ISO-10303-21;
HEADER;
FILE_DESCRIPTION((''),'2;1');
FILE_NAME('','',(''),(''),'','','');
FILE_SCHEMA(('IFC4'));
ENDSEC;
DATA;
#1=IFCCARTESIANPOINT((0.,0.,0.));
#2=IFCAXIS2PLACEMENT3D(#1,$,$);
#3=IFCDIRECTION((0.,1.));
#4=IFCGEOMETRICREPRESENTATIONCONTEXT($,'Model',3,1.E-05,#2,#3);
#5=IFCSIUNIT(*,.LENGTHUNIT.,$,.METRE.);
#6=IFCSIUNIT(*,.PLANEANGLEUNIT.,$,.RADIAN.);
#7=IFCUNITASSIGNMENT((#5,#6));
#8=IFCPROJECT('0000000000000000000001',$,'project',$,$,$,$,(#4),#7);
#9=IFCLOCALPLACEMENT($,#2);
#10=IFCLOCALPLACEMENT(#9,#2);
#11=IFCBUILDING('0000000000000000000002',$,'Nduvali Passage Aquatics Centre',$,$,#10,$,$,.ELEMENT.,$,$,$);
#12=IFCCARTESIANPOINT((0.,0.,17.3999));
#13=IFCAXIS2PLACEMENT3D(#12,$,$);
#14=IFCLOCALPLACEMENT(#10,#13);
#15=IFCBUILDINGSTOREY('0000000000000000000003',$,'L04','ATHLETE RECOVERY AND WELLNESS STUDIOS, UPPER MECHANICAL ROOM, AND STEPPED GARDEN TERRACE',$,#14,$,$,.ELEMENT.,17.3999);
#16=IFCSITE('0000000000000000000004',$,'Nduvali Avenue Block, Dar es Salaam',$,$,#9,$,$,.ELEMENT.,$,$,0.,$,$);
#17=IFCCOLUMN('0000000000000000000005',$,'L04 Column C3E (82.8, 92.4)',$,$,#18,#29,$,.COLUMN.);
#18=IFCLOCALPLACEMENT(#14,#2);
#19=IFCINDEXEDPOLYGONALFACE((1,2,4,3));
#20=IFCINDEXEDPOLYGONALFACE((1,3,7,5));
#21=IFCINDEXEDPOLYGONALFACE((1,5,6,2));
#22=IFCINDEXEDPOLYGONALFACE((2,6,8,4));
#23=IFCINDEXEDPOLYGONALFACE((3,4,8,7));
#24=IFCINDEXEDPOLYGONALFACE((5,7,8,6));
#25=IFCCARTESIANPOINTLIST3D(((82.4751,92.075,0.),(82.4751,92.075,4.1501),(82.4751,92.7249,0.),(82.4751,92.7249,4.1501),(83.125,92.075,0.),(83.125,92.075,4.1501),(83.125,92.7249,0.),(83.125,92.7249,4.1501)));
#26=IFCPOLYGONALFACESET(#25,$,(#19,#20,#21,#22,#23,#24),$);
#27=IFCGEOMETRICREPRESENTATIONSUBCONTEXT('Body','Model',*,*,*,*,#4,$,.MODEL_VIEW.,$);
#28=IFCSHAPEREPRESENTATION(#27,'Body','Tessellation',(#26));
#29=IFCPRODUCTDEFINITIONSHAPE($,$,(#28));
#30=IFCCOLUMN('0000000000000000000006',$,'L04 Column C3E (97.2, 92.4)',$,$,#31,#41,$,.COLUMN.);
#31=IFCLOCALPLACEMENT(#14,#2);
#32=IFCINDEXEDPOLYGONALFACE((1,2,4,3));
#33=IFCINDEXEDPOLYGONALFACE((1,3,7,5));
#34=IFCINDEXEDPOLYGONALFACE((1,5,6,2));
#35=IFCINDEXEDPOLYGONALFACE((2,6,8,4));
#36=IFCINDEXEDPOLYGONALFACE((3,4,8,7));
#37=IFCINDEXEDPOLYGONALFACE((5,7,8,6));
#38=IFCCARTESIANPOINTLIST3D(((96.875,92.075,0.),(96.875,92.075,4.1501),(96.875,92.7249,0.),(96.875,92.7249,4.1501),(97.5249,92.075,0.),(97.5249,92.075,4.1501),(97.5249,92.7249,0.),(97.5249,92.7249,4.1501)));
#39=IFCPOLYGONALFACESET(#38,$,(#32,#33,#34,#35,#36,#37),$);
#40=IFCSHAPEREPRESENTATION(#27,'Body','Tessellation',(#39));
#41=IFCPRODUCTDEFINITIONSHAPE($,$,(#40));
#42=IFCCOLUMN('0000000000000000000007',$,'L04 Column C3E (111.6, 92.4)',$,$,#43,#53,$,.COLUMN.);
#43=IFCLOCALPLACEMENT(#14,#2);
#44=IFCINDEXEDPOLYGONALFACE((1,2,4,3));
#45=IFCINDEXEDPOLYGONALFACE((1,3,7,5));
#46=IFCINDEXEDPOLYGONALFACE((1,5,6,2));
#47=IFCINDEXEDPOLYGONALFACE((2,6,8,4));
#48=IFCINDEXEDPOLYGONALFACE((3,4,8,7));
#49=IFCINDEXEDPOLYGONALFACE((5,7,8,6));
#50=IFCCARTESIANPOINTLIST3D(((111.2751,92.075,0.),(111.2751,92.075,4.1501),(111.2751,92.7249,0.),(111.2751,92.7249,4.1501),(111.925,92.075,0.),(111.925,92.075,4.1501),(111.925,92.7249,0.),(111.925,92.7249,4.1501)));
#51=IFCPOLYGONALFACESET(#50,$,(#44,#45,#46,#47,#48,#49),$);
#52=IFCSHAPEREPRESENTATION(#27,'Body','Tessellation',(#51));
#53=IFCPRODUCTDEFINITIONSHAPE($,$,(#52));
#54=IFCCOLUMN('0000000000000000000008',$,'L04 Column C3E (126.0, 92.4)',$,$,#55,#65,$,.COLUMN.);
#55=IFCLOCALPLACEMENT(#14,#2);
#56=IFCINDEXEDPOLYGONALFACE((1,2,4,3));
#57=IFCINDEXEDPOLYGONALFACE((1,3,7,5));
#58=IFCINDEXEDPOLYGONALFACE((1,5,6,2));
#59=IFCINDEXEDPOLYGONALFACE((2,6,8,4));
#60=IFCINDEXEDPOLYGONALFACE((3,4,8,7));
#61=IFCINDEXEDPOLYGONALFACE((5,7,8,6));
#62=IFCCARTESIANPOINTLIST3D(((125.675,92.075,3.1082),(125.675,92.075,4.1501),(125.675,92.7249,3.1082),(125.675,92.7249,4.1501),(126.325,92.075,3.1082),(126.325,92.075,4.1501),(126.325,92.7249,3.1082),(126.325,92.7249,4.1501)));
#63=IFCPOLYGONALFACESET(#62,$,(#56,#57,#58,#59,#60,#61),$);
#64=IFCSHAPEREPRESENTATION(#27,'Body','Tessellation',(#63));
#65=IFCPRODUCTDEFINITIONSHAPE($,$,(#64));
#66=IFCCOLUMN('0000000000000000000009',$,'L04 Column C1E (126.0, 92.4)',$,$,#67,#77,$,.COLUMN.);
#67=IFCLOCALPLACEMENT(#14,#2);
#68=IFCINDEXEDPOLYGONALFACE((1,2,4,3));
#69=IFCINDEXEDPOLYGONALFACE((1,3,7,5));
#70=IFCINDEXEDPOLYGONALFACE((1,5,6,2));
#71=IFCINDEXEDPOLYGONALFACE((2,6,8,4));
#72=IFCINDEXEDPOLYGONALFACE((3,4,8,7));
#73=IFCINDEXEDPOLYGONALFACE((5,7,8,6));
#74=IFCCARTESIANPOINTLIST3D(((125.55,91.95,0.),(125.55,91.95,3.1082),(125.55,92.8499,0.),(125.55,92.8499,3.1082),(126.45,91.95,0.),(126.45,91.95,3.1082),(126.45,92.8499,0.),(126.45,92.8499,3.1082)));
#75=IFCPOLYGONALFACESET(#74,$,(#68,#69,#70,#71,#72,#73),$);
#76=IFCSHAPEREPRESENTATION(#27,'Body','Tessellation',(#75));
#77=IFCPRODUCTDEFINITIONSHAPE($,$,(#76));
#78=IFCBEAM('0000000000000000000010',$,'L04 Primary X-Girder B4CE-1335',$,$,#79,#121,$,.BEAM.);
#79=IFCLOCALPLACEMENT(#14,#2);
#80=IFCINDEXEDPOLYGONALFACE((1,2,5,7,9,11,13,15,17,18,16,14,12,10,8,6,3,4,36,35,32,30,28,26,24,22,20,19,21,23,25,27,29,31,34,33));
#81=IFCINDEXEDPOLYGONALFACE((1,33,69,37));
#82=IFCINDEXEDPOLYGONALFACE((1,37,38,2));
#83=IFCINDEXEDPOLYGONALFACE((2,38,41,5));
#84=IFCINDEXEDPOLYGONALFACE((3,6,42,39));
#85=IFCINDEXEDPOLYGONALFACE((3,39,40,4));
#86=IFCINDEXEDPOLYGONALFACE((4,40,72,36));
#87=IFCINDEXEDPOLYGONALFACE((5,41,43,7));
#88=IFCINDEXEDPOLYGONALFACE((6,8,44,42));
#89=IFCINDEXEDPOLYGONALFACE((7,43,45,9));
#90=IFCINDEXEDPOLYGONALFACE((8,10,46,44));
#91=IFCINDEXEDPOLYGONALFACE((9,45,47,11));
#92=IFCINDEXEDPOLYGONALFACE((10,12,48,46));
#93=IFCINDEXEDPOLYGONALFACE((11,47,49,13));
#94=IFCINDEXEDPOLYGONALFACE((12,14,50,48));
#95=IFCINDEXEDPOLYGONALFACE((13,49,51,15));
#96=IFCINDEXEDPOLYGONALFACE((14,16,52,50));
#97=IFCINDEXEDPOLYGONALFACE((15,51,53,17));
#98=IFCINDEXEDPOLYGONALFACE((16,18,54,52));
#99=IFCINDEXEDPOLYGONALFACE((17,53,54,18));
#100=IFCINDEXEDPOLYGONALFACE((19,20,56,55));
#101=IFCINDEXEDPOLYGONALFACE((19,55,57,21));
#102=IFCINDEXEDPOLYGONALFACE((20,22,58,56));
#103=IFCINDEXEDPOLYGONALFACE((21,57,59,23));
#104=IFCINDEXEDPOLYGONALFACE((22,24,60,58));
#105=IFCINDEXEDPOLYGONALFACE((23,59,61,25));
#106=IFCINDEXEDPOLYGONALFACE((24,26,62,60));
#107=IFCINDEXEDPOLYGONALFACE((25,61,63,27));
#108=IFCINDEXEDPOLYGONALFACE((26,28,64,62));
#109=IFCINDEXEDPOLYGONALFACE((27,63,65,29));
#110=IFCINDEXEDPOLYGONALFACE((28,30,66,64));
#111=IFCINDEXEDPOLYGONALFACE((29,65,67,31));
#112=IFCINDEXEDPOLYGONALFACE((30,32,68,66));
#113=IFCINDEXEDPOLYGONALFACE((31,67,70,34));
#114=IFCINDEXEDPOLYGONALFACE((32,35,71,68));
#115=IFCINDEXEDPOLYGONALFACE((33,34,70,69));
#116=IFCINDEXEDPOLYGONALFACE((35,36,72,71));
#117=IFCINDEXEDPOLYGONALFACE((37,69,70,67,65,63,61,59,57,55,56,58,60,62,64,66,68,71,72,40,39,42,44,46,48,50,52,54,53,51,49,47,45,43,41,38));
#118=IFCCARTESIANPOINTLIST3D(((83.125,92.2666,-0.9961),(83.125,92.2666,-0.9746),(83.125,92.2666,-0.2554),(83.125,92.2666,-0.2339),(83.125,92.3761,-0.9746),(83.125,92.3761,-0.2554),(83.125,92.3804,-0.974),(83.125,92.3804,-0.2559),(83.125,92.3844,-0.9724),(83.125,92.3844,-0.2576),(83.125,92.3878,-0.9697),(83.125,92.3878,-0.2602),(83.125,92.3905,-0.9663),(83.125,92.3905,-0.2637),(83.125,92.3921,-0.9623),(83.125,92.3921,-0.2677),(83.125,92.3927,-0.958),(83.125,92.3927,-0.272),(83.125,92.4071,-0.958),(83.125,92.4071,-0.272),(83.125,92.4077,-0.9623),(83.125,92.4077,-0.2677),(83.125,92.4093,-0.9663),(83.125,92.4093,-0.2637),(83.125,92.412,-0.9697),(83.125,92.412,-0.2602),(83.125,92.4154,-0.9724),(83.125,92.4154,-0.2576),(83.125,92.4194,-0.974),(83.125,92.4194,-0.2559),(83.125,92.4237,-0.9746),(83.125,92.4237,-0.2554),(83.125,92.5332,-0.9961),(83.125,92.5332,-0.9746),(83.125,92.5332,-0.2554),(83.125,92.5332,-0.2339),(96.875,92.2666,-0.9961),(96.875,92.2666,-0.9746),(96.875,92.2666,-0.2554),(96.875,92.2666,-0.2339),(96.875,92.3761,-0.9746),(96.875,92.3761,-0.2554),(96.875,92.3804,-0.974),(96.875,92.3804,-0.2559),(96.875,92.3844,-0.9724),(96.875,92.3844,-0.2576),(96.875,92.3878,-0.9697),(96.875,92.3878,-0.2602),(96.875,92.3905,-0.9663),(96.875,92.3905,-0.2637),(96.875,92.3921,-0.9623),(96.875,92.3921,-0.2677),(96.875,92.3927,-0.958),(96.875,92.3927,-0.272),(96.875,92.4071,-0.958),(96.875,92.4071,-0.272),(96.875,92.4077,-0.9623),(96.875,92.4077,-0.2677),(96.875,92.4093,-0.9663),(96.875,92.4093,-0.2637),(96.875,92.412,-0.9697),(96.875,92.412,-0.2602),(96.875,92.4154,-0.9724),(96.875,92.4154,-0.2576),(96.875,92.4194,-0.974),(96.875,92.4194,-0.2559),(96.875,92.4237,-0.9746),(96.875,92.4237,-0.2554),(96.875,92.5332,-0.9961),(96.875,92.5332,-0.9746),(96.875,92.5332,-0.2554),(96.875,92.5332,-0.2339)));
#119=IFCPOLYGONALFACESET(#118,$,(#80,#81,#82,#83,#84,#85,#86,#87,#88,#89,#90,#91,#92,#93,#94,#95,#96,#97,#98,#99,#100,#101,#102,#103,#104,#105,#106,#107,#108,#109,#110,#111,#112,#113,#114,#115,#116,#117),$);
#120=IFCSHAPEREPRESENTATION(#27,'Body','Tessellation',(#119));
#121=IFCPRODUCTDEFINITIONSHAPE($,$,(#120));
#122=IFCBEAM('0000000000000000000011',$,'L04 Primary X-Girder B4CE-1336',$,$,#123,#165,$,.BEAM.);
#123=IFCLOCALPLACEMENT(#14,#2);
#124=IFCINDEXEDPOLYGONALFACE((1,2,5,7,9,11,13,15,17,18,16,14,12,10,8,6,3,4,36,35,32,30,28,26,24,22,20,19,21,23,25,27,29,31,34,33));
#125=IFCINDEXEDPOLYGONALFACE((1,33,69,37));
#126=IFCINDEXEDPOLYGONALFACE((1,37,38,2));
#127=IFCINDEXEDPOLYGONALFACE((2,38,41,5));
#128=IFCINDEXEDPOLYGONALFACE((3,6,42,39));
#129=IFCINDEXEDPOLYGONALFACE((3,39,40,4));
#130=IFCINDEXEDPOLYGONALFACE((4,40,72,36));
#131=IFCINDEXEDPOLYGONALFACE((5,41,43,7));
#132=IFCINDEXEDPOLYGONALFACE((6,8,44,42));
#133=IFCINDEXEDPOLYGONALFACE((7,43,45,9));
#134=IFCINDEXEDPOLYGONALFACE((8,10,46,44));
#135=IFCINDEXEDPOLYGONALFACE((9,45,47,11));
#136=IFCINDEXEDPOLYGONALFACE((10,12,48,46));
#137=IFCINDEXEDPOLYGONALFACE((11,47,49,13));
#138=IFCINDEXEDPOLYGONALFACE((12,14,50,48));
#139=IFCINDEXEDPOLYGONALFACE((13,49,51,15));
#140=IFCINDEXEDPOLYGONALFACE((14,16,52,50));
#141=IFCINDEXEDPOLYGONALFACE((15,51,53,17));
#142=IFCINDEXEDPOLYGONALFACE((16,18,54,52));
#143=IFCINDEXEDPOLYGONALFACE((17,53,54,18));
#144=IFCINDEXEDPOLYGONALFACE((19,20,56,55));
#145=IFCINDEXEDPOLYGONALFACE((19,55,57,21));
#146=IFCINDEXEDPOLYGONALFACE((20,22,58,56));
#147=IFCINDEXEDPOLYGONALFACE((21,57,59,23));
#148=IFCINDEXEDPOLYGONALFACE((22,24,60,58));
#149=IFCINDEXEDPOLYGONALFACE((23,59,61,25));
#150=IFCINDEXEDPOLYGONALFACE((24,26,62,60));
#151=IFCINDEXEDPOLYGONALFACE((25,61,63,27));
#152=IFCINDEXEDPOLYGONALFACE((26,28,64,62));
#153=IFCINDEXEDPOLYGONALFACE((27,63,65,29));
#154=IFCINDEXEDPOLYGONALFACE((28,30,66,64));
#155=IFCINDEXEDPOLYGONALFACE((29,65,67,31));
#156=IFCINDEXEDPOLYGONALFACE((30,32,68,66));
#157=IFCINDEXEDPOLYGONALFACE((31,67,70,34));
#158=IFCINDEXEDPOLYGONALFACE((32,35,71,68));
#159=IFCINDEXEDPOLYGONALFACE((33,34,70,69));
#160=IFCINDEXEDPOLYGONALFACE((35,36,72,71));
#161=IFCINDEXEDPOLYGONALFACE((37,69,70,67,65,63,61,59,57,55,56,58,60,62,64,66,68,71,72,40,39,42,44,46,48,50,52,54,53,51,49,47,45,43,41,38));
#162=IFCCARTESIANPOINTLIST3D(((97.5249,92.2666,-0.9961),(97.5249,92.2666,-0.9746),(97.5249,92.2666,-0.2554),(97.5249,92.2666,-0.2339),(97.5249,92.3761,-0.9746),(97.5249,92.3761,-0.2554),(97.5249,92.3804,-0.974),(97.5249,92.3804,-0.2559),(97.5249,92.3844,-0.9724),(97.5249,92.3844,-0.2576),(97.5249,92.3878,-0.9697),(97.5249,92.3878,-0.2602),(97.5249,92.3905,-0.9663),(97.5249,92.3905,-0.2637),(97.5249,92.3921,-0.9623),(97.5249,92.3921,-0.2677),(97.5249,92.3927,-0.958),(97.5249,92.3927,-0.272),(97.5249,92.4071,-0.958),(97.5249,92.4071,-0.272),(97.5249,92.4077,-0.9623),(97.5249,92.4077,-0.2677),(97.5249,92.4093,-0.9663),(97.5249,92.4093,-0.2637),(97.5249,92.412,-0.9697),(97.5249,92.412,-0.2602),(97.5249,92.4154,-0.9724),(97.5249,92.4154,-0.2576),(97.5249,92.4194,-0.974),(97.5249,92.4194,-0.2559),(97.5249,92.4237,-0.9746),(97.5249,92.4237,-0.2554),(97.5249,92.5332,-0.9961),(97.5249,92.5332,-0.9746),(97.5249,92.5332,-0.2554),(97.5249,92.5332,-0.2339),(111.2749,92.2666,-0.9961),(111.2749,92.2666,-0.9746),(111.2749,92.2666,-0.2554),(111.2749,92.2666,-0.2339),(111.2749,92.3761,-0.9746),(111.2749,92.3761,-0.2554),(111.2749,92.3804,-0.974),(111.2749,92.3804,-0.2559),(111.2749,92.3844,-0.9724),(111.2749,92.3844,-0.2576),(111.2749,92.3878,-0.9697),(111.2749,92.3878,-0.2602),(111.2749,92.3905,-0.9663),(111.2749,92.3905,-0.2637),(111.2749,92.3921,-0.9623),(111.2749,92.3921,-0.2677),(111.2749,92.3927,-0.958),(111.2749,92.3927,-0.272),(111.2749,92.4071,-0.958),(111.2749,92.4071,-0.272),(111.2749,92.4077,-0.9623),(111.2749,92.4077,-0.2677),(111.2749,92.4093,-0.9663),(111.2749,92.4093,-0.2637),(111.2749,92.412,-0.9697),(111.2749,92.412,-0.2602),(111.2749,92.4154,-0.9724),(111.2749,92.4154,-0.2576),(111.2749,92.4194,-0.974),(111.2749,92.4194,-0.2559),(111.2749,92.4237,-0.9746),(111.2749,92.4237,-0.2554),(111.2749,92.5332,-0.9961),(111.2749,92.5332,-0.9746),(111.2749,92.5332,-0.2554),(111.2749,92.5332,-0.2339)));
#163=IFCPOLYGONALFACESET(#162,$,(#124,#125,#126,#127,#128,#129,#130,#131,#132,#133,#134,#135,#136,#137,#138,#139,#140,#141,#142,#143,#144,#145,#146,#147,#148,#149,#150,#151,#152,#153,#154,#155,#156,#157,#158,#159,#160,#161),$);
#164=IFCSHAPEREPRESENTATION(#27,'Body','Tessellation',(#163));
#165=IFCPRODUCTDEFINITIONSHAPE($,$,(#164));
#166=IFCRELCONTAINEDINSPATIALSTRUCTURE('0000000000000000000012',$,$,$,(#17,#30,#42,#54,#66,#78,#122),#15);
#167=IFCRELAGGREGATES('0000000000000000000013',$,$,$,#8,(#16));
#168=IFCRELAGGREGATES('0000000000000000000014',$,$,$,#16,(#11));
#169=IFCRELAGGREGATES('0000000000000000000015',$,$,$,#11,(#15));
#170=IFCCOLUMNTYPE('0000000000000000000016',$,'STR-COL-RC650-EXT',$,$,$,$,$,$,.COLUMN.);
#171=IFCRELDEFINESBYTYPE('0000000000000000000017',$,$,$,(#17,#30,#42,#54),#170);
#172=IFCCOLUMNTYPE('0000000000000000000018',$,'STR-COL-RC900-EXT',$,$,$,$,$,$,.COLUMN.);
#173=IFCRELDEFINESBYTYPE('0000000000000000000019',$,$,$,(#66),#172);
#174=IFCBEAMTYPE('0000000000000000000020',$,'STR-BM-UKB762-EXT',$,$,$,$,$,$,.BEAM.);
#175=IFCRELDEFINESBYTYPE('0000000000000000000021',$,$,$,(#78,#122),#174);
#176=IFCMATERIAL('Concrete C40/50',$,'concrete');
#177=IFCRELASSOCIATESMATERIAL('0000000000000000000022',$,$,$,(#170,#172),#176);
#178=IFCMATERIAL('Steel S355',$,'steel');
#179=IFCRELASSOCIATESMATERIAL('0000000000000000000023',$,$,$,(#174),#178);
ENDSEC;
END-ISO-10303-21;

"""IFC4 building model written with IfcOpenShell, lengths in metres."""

from ifc_helpers import new_model, si_unit, direction, frame, origin, origin_2d, place, context, subcontext, project, spatial, rectangle, i_section, extrude, material, material_profile, profile_set, type_object, element, save


model = new_model("IFC4")

# Units and contexts
model_context = context("Model", 3, precision=1e-05, world=origin(), true_north=direction((0.0, 1.0)))
body_context = subcontext(model_context, "Body", "Model", "MODEL_VIEW")
ifc_project = project(units=[si_unit("LENGTHUNIT", "METRE"), si_unit("PLANEANGLEUNIT", "RADIAN")], contexts=[model_context])

# Site, building, storey
site_placement = place(None, origin())
site = spatial("IfcSite", under=ifc_project, at=site_placement, Name="Nduvali Avenue Block, Dar es Salaam", CompositionType="ELEMENT", RefElevation=0.0)
building_placement = place(site_placement, origin())
building = spatial("IfcBuilding", under=site, at=building_placement, Name="Nduvali Passage Aquatics Centre", CompositionType="ELEMENT")
storey_placement = place(building_placement, frame((0.0, 0.0, 17.3999)))
storey = spatial("IfcBuildingStorey", under=building, at=storey_placement, Name="L04", Description="ATHLETE RECOVERY AND WELLNESS STUDIOS, UPPER MECHANICAL ROOM, AND STEPPED GARDEN TERRACE", CompositionType="ELEMENT", Elevation=17.3999)

# Columns
ifc_material_1 = material(Name="Concrete C40/50", Category="concrete")
ifc_material_profile_1 = material_profile(ifc_material_1, rectangle(XDim=0.6499, YDim=0.6499, at=origin_2d()), Name="RC 650x650")
ifc_profile_set_1 = profile_set([ifc_material_profile_1], Name="Concrete C40/50")
column_type_1 = type_object("IfcColumnType", Name="STR-COL-RC650-EXT", PredefinedType="COLUMN", material=ifc_profile_set_1)
for number, where, z_axis, x_axis, name in (
    (1, (82.8, 92.3999, 0.0), (0.0, 0.0, 1.0), (1.0, 0.0, 0.0), "L04 Column C3E (82.8, 92.4)"),
    (2, (97.2, 92.3999, 0.0), (0.0, 0.0, 1.0), (1.0, 0.0, 0.0), "L04 Column C3E (97.2, 92.4)"),
    (3, (111.6001, 92.3999, 0.0), (0.0, 0.0, 1.0), (1.0, 0.0, 0.0), "L04 Column C3E (111.6, 92.4)"),
):
    element("IfcColumn", number, at=place(storey_placement, frame(where, z_axis=z_axis, x_axis=x_axis)), inside=storey, type_object=column_type_1, Name=name, PredefinedType="COLUMN", context=body_context, shape_type="SweptSolid", body=[
        extrude(rectangle(XDim=0.6499, YDim=0.6499, at=origin_2d()), origin(), (0.0, 0.0, 1.0), 4.1501),
    ])
column_1_placement = place(storey_placement, frame((126.0, 92.3999, 3.1082), z_axis=(0.0, 0.0, 1.0), x_axis=(1.0, 0.0, 0.0)))
element("IfcColumn", 4, at=column_1_placement, inside=storey, type_object=column_type_1, Name="L04 Column C3E (126.0, 92.4)", PredefinedType="COLUMN", context=body_context, shape_type="SweptSolid", body=[
    extrude(rectangle(XDim=0.6499, YDim=0.6499, at=origin_2d()), origin(), (0.0, 0.0, 1.0), 1.042),
])
ifc_material_profile_2 = material_profile(ifc_material_1, rectangle(XDim=0.8999, YDim=0.8999, at=origin_2d()), Name="RC 900x900")
ifc_profile_set_2 = profile_set([ifc_material_profile_2], Name="Concrete C40/50")
column_type_2 = type_object("IfcColumnType", Name="STR-COL-RC900-EXT", PredefinedType="COLUMN", material=ifc_profile_set_2)
column_2_placement = place(storey_placement, frame((126.0, 92.3999, 0.0), z_axis=(0.0, 0.0, 1.0), x_axis=(1.0, 0.0, 0.0)))
element("IfcColumn", 5, at=column_2_placement, inside=storey, type_object=column_type_2, Name="L04 Column C1E (126.0, 92.4)", PredefinedType="COLUMN", context=body_context, shape_type="SweptSolid", body=[
    extrude(rectangle(XDim=0.8999, YDim=0.8999, at=origin_2d()), origin(), (0.0, 0.0, 1.0), 3.1082),
])

# Beams
ifc_material_2 = material(Name="Steel S355", Category="steel")
ifc_material_profile_3 = material_profile(ifc_material_2, i_section(OverallWidth=0.2666, OverallDepth=0.7622, WebThickness=0.0144, FlangeThickness=0.0215, FilletRadius=0.0166, at=origin_2d()), Name="UKB 762x267x173")
ifc_profile_set_3 = profile_set([ifc_material_profile_3], Name="Steel S355")
beam_type_1 = type_object("IfcBeamType", Name="STR-BM-UKB762-EXT", PredefinedType="BEAM", material=ifc_profile_set_3)
for number, where, z_axis, x_axis, name in (
    (6, (83.125, 92.3999, -0.615), (1.0, 0.0, 0.0), (0.0, 1.0, 0.0), "L04 Primary X-Girder B4CE-1335"),
    (7, (97.5249, 92.3999, -0.615), (1.0, 0.0, 0.0), (0.0, 1.0, 0.0), "L04 Primary X-Girder B4CE-1336"),
):
    element("IfcBeam", number, at=place(storey_placement, frame(where, z_axis=z_axis, x_axis=x_axis)), inside=storey, type_object=beam_type_1, Name=name, PredefinedType="BEAM", context=body_context, shape_type="SweptSolid", body=[
        extrude(i_section(OverallWidth=0.2666, OverallDepth=0.7622, WebThickness=0.0144, FlangeThickness=0.0215, FilletRadius=0.0166, at=origin_2d()), origin(), (0.0, 0.0, 1.0), 13.75),
    ])

save(model, "model.ifc")
